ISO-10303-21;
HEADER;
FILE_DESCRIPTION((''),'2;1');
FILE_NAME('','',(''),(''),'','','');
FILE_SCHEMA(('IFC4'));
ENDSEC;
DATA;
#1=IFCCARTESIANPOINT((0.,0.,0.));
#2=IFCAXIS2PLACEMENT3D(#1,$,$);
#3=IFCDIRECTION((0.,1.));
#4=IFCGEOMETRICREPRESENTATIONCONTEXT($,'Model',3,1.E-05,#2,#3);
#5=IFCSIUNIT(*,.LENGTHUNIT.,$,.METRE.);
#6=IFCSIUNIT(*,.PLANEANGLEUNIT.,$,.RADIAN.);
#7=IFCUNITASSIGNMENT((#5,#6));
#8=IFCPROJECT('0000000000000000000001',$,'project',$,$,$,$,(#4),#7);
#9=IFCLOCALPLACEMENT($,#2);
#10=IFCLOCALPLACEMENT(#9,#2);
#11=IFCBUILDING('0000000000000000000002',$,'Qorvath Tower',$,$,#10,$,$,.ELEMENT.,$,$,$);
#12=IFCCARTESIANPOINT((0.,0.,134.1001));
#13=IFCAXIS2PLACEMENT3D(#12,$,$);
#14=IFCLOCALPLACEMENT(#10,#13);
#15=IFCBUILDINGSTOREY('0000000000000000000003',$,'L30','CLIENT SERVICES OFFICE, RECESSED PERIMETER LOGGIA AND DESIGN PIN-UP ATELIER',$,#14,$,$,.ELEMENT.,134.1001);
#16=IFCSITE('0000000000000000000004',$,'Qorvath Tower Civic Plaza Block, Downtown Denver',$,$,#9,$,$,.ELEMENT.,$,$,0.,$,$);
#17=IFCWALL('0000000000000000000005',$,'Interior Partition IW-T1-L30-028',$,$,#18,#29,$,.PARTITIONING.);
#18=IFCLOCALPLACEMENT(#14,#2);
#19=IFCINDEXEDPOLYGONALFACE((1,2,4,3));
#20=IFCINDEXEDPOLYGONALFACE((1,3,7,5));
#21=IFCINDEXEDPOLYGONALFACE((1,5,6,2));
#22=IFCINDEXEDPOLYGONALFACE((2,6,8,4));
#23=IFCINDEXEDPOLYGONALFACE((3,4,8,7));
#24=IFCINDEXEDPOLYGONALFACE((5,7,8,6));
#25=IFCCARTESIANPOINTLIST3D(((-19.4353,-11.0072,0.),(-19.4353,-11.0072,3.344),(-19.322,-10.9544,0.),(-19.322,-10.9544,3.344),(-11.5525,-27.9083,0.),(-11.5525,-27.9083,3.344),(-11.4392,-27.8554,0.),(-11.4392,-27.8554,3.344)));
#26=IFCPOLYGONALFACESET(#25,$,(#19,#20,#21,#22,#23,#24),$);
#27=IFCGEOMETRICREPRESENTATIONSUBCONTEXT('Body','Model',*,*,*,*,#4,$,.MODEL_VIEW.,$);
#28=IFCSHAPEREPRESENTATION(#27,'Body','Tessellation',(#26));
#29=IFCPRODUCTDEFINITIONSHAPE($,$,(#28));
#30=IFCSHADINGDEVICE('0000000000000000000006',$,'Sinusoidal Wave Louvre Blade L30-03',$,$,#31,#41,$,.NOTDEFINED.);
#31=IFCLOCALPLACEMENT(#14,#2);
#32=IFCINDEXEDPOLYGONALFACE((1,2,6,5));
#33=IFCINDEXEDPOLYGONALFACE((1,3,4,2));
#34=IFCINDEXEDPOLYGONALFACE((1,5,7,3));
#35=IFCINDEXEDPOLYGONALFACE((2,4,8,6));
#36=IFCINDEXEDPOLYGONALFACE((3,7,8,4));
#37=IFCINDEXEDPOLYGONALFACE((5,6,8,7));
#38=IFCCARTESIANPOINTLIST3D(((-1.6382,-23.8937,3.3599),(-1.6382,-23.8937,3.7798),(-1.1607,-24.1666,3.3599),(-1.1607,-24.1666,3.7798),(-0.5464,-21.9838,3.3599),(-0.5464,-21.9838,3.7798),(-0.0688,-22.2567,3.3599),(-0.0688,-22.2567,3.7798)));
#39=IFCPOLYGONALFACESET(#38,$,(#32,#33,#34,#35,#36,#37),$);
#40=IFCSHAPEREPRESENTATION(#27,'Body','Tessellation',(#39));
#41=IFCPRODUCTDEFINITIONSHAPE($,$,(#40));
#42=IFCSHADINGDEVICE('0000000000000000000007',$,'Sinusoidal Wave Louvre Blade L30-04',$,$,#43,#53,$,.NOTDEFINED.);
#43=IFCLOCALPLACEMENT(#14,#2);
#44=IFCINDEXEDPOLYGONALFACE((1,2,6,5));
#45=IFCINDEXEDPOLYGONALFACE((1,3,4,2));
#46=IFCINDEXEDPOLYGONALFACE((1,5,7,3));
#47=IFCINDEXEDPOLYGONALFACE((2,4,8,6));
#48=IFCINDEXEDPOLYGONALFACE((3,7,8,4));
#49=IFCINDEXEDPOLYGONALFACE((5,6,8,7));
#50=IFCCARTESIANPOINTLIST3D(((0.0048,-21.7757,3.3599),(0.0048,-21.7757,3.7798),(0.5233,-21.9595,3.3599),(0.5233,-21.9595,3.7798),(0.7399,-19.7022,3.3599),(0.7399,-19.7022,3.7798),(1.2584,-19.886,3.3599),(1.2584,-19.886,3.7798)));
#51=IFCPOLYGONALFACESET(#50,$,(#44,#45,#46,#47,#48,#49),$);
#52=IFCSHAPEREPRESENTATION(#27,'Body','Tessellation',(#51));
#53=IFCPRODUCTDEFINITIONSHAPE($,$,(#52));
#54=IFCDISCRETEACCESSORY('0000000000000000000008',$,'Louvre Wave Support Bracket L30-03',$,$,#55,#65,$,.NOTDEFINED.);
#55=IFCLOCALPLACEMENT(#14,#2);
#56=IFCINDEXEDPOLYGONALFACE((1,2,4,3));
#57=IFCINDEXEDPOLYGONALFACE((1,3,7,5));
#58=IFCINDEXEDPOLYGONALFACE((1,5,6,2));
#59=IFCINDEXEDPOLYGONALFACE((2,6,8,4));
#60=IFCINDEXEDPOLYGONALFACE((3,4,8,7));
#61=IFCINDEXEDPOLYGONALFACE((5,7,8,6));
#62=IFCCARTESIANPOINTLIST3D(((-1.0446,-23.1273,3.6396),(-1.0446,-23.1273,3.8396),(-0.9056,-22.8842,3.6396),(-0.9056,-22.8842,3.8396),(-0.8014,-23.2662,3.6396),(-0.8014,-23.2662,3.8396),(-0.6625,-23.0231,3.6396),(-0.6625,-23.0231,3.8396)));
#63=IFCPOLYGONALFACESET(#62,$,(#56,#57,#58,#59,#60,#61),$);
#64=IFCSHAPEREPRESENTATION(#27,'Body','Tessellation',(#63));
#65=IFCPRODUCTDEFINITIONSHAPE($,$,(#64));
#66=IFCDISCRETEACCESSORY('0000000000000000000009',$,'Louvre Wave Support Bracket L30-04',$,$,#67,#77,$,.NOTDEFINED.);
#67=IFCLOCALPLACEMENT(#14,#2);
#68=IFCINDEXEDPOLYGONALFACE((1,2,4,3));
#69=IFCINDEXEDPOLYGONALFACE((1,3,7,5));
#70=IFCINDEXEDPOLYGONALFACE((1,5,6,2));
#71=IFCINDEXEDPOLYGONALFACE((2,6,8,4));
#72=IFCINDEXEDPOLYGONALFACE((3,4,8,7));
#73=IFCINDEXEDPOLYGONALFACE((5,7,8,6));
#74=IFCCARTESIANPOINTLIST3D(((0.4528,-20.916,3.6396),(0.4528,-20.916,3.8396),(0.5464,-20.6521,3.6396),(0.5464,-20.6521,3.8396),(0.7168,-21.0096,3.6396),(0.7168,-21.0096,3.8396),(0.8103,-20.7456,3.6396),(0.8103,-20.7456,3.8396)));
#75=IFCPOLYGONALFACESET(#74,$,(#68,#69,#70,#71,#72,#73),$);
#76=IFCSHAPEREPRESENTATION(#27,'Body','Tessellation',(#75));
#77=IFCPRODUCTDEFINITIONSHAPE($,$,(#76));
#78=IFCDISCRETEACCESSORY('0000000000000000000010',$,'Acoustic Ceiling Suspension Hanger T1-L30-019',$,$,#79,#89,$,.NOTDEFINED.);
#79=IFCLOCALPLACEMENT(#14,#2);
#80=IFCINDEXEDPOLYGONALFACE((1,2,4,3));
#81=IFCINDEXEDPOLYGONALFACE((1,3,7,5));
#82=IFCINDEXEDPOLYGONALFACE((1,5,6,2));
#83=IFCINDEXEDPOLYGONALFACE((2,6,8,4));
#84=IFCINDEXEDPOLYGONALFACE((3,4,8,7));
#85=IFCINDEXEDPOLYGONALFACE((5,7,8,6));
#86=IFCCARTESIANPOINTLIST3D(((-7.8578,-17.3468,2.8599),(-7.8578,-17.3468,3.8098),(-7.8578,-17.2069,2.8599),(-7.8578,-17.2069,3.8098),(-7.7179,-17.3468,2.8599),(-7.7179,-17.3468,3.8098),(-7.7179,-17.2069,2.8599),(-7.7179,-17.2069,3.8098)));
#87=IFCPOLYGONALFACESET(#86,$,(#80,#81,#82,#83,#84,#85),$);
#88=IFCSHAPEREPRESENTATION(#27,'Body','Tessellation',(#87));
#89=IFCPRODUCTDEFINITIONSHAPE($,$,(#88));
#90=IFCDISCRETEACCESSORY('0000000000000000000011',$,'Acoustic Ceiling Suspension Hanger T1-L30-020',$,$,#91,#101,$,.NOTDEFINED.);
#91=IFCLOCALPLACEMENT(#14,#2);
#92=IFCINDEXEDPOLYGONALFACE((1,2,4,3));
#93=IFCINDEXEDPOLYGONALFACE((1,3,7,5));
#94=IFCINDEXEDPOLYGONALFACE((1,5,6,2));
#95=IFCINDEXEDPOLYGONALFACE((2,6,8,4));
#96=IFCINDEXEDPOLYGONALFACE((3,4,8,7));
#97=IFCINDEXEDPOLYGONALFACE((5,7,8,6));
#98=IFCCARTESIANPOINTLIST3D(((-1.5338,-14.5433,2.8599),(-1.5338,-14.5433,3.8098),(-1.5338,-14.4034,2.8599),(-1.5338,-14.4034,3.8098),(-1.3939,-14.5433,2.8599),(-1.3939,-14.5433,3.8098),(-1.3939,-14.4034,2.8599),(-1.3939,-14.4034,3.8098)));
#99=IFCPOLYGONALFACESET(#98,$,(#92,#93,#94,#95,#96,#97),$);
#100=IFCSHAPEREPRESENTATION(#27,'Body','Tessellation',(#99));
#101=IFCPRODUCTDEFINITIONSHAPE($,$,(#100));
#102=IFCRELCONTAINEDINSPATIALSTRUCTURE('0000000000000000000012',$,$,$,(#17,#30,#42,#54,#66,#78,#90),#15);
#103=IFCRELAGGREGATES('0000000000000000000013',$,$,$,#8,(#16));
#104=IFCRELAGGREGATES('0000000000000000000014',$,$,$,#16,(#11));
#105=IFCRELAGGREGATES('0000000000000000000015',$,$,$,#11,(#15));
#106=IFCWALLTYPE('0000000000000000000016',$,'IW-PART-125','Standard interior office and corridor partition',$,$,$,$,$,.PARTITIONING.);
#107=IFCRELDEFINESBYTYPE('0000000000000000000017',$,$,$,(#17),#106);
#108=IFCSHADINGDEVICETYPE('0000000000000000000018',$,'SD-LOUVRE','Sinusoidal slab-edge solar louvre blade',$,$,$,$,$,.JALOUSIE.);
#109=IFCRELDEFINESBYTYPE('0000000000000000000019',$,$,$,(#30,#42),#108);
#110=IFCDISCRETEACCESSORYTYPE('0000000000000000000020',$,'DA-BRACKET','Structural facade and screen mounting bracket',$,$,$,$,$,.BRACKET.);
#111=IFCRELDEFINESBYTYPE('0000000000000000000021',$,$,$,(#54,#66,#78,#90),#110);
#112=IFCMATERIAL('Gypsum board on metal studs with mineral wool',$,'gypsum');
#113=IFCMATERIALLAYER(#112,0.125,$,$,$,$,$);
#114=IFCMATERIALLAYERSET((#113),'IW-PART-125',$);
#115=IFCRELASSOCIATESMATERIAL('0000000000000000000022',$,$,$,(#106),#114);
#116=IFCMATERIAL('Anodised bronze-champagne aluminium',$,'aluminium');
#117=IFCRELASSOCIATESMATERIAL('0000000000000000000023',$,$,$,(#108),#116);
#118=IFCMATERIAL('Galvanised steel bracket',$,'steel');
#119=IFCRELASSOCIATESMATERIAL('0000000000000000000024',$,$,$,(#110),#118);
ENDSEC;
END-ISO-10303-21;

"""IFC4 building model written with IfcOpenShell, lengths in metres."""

from ifc_helpers import new_model, si_unit, direction, frame, frame_2d, origin, origin_2d, place, context, subcontext, project, spatial, rectangle, extrude, material, layer, layer_set, type_object, element, save


model = new_model("IFC4")

# Units and contexts
model_context = context("Model", 3, precision=1e-05, world=origin(), true_north=direction((0.0, 1.0)))
body_context = subcontext(model_context, "Body", "Model", "MODEL_VIEW")
ifc_project = project(units=[si_unit("LENGTHUNIT", "METRE"), si_unit("PLANEANGLEUNIT", "RADIAN")], contexts=[model_context])

# Site, building, storey
site_placement = place(None, origin())
site = spatial("IfcSite", under=ifc_project, at=site_placement, Name="Qorvath Tower Civic Plaza Block, Downtown Denver", CompositionType="ELEMENT", RefElevation=0.0)
building_placement = place(site_placement, origin())
building = spatial("IfcBuilding", under=site, at=building_placement, Name="Qorvath Tower", CompositionType="ELEMENT")
storey_placement = place(building_placement, frame((0.0, 0.0, 134.1001)))
storey = spatial("IfcBuildingStorey", under=building, at=storey_placement, Name="L30", Description="CLIENT SERVICES OFFICE, RECESSED PERIMETER LOGGIA AND DESIGN PIN-UP ATELIER", CompositionType="ELEMENT", Elevation=134.1001)

# Wall
ifc_material_1 = material(Name="Gypsum board on metal studs with mineral wool", Category="gypsum")
ifc_layer_1 = layer(ifc_material_1, 0.125)
ifc_layer_set_1 = layer_set([ifc_layer_1], Name="IW-PART-125")
wall_type = type_object("IfcWallType", Name="IW-PART-125", Description="Standard interior office and corridor partition", PredefinedType="PARTITIONING", material=ifc_layer_set_1)
wall_placement = place(storey_placement, frame((-11.4958, -27.8818, 0.0), z_axis=(0.0, 0.0, 1.0), x_axis=(-0.422693, 0.906273, 0.0)))
element("IfcWall", 1, at=wall_placement, inside=storey, type_object=wall_type, Name="Interior Partition IW-T1-L30-028", PredefinedType="PARTITIONING", context=body_context, shape_type="SweptSolid", body=[
    extrude(rectangle(XDim=18.6489, YDim=0.125, at=frame_2d((9.3245, 0.0))), origin(), (0.0, 0.0, 1.0), 3.344),
])

# Shading devices
ifc_material_2 = material(Name="Anodised bronze-champagne aluminium", Category="aluminium")
shading_device_type = type_object("IfcShadingDeviceType", Name="SD-LOUVRE", Description="Sinusoidal slab-edge solar louvre blade", PredefinedType="JALOUSIE", material=ifc_material_2)
for number, where, z_axis, x_axis, name in (
    (2, (-0.8535, -23.0752, 3.3599), (0.0, 0.0, 1.0), (0.496286, 0.868159, 0.0), "Sinusoidal Wave Louvre Blade L30-03"),
    (3, (0.6316, -20.8308, 3.3599), (0.0, 0.0, 1.0), (0.334141, 0.942523, 0.0), "Sinusoidal Wave Louvre Blade L30-04"),
):
    element("IfcShadingDevice", number, at=place(storey_placement, frame(where, z_axis=z_axis, x_axis=x_axis)), inside=storey, type_object=shading_device_type, Name=name, PredefinedType="NOTDEFINED", context=body_context, shape_type="SweptSolid", body=[
        extrude(rectangle(XDim=2.2, YDim=0.55, at=origin_2d()), origin(), (0.0, 0.0, 1.0), 0.4199),
    ])

# Discrete accessories
ifc_material_3 = material(Name="Galvanised steel bracket", Category="steel")
discrete_accessory_type = type_object("IfcDiscreteAccessoryType", Name="DA-BRACKET", Description="Structural facade and screen mounting bracket", PredefinedType="BRACKET", material=ifc_material_3)
for number, where, z_axis, x_axis, name in (
    (4, (-0.8535, -23.0752, 3.6396), (0.0, 0.0, 1.0), (0.496286, 0.868159, 0.0), "Louvre Wave Support Bracket L30-03"),
    (5, (0.6316, -20.8308, 3.6396), (0.0, 0.0, 1.0), (0.334141, 0.942523, 0.0), "Louvre Wave Support Bracket L30-04"),
):
    element("IfcDiscreteAccessory", number, at=place(storey_placement, frame(where, z_axis=z_axis, x_axis=x_axis)), inside=storey, type_object=discrete_accessory_type, Name=name, PredefinedType="NOTDEFINED", context=body_context, shape_type="SweptSolid", body=[
        extrude(rectangle(XDim=0.28, YDim=0.28, at=origin_2d()), origin(), (0.0, 0.0, 1.0), 0.2),
    ])
for number, where, z_axis, x_axis, name in (
    (6, (-7.7878, -17.2769, 2.8599), (0.0, 0.0, 1.0), (1.0, 0.0, 0.0), "Acoustic Ceiling Suspension Hanger T1-L30-019"),
    (7, (-1.4639, -14.4734, 2.8599), (0.0, 0.0, 1.0), (1.0, 0.0, 0.0), "Acoustic Ceiling Suspension Hanger T1-L30-020"),
):
    element("IfcDiscreteAccessory", number, at=place(storey_placement, frame(where, z_axis=z_axis, x_axis=x_axis)), inside=storey, type_object=discrete_accessory_type, Name=name, PredefinedType="NOTDEFINED", context=body_context, shape_type="SweptSolid", body=[
        extrude(rectangle(XDim=0.1399, YDim=0.1399, at=origin_2d()), origin(), (0.0, 0.0, 1.0), 0.95),
    ])

save(model, "model.ifc")
